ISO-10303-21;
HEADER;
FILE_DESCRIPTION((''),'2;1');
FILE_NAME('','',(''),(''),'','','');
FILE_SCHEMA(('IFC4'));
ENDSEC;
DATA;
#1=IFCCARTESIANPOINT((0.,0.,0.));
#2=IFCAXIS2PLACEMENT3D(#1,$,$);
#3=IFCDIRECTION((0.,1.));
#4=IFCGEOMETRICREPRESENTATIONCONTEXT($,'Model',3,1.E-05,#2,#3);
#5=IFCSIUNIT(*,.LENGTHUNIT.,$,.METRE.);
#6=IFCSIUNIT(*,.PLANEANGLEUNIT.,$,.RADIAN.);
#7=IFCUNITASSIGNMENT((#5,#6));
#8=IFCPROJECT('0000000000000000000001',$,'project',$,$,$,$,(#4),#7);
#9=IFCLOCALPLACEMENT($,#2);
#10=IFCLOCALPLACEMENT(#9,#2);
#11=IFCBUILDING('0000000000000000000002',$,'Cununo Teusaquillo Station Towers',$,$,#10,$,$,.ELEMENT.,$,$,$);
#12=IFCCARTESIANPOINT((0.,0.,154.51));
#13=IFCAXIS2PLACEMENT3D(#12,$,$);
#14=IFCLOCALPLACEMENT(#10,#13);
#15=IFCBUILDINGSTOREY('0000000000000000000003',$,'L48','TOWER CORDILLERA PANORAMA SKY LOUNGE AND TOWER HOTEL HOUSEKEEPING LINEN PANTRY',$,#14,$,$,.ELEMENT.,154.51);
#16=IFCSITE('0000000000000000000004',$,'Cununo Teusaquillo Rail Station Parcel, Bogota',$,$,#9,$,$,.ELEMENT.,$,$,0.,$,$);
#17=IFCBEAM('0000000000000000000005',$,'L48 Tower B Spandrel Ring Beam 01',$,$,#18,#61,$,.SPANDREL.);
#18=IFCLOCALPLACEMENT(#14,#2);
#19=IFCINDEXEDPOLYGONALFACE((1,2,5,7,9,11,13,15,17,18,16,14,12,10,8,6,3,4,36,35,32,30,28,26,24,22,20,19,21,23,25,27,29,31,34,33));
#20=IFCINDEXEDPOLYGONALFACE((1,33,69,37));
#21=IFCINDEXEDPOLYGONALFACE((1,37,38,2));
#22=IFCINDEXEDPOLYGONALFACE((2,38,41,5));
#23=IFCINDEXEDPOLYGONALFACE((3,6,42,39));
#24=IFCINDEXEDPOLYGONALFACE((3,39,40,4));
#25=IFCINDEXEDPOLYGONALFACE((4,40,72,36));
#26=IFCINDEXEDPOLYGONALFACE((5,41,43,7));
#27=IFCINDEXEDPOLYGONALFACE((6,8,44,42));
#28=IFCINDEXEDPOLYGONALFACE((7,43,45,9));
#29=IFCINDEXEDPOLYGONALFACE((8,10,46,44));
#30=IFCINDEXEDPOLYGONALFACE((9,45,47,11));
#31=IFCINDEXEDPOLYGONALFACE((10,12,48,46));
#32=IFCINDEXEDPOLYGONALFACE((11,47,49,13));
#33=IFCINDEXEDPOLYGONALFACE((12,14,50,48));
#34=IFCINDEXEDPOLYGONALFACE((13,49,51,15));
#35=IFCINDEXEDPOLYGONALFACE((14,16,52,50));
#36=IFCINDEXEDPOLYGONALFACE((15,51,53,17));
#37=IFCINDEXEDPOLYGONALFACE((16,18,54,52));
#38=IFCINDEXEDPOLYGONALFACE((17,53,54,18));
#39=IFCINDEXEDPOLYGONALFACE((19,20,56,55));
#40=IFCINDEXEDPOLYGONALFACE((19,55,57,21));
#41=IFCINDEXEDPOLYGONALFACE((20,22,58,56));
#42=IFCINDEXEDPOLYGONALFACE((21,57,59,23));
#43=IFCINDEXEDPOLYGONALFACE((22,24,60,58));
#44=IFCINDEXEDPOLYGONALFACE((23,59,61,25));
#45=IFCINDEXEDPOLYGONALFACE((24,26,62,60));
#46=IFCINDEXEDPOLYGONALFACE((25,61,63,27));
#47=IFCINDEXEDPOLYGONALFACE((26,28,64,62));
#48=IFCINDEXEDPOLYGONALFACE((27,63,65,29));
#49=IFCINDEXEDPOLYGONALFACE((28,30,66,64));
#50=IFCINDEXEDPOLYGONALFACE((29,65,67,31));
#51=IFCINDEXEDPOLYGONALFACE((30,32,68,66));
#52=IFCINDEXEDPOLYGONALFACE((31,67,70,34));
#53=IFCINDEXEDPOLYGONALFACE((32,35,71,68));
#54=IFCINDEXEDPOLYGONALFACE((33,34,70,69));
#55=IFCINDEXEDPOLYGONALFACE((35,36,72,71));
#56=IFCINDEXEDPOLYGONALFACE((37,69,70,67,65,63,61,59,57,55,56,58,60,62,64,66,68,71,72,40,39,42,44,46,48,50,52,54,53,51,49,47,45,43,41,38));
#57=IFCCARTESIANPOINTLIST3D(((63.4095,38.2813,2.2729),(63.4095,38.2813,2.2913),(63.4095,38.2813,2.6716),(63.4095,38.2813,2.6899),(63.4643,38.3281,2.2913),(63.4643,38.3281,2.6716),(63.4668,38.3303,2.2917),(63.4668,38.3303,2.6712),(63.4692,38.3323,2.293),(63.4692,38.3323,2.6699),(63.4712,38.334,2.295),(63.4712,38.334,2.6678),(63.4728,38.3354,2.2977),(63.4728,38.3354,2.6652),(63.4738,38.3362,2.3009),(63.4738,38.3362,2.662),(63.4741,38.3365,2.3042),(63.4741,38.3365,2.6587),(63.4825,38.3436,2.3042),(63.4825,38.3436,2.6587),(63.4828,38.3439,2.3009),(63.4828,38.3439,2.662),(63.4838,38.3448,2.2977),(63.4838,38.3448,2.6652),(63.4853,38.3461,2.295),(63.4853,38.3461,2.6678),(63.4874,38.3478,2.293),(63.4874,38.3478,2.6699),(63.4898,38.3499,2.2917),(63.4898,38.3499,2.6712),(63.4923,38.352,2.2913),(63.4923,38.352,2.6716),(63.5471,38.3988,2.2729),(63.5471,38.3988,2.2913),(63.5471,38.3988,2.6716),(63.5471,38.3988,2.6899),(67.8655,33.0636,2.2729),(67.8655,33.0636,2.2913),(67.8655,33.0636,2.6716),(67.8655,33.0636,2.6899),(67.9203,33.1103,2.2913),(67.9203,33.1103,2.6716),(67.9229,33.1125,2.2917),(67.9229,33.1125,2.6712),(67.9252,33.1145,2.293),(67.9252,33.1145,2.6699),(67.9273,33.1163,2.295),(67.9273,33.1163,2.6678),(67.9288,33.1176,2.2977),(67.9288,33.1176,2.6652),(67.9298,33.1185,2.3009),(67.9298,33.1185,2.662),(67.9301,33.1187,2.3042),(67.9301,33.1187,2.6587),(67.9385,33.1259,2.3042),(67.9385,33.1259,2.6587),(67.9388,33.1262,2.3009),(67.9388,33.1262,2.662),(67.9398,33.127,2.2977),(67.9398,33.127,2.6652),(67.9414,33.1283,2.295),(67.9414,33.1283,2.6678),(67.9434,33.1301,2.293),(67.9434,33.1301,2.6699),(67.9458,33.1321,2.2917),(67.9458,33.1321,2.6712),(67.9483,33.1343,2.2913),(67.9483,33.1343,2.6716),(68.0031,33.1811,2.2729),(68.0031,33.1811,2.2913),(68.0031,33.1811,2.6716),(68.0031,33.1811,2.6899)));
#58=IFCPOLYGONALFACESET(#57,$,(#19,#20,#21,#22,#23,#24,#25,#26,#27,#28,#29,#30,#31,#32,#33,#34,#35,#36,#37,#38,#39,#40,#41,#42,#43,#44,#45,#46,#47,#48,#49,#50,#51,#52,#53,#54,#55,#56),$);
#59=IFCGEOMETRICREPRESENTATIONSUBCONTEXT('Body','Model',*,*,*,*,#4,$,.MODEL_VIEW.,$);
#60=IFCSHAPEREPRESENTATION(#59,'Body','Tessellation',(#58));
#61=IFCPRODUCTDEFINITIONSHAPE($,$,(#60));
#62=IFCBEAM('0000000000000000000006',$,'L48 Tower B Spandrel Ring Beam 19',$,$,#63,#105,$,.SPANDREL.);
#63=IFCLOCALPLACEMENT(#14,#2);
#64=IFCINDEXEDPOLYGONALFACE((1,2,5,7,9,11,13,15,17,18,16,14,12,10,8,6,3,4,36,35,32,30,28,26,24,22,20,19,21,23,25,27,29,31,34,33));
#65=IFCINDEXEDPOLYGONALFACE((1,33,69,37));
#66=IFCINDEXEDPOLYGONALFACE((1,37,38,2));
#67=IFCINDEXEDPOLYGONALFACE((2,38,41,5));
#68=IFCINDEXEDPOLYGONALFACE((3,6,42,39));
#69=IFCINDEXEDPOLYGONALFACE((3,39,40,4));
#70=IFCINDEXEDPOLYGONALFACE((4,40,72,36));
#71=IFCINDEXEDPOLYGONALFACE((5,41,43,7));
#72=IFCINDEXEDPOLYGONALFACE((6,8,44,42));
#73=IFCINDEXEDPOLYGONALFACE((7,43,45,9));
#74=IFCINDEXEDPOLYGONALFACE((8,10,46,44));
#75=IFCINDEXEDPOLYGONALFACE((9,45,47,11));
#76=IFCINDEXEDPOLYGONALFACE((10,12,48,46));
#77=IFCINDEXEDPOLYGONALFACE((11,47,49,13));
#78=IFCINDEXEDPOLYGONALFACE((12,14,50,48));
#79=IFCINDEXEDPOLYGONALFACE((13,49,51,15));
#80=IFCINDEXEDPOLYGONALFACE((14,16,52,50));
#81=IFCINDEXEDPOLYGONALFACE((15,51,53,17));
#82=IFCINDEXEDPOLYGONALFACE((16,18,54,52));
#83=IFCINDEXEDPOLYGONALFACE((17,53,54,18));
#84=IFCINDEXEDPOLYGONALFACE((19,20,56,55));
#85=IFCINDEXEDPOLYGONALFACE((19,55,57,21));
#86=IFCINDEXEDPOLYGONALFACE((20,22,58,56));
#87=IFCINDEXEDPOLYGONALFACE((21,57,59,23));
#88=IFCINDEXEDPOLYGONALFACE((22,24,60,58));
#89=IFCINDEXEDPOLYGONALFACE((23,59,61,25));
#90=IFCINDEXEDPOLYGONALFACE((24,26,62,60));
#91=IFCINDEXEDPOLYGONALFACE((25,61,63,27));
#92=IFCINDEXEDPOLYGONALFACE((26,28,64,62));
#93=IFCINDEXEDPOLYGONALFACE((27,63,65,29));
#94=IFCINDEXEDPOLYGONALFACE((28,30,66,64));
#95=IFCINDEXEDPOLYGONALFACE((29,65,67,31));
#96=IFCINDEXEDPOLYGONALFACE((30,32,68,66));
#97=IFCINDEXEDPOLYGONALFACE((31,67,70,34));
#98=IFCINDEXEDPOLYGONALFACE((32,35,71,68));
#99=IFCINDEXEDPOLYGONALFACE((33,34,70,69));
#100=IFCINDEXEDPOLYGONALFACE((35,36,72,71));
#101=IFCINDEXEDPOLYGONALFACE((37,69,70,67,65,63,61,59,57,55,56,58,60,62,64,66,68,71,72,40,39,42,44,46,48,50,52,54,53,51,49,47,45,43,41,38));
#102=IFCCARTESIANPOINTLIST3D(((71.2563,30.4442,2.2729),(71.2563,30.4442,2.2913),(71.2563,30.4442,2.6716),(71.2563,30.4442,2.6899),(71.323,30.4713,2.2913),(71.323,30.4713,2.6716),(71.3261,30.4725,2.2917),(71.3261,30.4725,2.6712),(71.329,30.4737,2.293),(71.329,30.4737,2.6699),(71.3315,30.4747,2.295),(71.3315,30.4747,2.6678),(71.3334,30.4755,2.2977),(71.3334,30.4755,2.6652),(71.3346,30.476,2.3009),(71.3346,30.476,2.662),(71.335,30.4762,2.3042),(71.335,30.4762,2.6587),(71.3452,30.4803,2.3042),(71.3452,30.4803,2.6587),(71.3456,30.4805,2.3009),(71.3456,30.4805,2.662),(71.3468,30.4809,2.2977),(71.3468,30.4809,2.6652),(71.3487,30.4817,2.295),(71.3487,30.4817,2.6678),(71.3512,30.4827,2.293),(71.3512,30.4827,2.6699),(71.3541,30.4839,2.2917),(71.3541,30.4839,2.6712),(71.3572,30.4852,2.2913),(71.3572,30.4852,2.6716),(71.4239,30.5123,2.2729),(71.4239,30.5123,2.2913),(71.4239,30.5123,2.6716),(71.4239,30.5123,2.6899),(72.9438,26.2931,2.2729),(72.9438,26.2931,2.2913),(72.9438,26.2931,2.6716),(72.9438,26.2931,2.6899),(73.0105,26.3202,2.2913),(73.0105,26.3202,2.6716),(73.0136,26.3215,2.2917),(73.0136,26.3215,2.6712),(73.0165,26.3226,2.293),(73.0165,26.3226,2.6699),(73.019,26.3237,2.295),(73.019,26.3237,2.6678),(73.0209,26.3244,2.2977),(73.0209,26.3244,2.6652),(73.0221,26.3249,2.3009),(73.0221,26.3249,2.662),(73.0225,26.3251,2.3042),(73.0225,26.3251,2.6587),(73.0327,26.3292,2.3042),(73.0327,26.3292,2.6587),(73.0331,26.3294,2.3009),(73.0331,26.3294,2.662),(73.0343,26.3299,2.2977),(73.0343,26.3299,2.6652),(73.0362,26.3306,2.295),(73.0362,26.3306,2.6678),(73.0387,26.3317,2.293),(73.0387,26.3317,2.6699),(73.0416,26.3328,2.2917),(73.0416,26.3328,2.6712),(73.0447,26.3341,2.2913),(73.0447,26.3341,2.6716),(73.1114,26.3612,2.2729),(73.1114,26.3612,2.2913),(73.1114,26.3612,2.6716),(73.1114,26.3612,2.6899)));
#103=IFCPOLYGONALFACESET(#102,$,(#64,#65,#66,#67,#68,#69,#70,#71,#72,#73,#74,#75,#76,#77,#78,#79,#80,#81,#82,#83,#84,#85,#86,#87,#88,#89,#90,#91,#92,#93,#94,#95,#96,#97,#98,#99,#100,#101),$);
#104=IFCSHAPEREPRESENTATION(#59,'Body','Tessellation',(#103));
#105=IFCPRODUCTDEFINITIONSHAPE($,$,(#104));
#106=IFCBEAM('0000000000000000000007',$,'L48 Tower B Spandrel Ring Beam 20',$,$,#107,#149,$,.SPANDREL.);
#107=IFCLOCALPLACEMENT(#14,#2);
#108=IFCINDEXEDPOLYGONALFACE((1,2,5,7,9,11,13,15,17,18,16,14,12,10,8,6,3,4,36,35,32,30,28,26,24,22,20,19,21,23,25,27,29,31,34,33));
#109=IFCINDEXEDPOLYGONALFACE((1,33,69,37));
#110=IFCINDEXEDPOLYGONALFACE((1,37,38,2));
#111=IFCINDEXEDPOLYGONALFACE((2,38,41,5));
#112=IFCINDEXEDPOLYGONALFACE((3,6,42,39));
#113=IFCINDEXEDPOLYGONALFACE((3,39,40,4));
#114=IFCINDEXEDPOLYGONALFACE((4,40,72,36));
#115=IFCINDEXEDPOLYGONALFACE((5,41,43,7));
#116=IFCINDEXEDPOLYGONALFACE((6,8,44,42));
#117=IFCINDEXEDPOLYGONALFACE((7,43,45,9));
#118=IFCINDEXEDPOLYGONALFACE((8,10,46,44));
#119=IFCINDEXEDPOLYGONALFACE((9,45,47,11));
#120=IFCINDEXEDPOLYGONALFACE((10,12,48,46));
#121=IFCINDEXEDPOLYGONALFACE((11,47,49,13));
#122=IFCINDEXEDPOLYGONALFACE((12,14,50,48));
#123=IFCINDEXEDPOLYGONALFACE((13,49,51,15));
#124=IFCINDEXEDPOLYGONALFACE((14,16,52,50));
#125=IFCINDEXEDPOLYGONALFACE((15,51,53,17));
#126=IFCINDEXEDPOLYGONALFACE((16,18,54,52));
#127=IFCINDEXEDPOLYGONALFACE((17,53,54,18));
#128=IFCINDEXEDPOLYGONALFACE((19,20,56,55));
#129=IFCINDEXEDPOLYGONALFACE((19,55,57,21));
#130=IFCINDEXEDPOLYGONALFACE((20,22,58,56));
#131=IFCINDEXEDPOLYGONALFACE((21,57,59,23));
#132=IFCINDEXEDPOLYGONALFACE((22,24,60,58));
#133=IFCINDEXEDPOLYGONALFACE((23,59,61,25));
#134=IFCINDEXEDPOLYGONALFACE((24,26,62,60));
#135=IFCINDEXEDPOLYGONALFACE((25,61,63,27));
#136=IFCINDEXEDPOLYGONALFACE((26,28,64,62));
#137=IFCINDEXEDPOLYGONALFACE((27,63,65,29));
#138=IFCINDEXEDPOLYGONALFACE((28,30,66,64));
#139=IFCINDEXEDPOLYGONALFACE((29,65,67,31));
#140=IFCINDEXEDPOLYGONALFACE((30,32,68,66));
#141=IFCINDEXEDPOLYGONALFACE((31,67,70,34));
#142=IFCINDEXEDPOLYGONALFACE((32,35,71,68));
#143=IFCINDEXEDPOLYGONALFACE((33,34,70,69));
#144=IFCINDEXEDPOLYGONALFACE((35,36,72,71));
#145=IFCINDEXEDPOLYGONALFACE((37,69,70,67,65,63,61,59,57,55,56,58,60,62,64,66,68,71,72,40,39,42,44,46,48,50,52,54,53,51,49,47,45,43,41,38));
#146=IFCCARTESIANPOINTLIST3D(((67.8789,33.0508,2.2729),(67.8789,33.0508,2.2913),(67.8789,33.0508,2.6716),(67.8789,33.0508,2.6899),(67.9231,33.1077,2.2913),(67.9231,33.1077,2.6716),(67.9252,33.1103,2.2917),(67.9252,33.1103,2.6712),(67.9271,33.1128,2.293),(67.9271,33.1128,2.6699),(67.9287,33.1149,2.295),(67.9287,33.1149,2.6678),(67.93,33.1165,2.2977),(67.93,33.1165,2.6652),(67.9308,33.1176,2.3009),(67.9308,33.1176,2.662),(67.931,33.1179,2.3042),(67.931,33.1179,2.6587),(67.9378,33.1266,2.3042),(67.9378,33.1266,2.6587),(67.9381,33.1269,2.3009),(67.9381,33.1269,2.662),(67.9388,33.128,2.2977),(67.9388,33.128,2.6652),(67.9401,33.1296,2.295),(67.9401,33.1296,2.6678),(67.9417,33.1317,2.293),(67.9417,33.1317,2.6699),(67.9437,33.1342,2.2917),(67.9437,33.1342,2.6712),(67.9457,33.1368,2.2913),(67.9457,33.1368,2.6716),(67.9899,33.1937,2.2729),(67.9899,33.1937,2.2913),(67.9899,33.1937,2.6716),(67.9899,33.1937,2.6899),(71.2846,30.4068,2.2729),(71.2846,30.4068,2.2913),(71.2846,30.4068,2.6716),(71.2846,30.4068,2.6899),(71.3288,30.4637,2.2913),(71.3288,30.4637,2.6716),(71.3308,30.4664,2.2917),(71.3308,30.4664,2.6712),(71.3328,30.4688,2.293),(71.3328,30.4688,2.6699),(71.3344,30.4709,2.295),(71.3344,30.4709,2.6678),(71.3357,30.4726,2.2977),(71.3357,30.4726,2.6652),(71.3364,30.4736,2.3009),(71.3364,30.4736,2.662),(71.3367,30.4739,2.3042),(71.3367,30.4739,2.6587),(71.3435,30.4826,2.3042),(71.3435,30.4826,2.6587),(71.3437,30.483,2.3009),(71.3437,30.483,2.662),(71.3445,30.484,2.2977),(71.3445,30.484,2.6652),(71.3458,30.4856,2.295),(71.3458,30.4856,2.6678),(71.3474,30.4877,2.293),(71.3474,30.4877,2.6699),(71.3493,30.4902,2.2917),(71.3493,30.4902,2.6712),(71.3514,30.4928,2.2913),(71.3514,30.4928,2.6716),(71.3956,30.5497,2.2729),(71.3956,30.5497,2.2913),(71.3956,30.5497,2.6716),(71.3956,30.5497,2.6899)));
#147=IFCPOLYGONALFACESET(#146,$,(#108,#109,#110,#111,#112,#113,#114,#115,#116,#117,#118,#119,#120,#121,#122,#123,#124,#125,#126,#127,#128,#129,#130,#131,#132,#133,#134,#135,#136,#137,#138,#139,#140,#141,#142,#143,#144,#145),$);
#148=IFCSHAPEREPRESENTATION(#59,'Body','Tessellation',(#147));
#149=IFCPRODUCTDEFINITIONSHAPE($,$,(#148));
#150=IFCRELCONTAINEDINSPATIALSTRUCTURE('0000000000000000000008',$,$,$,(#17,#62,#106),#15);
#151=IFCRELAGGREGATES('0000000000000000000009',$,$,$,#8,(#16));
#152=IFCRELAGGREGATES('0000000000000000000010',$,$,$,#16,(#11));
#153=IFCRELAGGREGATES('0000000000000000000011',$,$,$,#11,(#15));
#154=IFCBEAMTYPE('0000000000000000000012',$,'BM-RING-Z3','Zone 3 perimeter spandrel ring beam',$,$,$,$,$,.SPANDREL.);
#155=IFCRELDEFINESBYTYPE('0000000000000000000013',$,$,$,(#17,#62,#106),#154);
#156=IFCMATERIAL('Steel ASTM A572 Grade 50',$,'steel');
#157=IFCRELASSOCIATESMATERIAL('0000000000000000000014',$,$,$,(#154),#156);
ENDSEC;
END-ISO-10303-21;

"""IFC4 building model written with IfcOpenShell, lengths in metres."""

from ifc_helpers import new_model, si_unit, direction, frame, origin, origin_2d, place, context, subcontext, project, spatial, i_section, extrude, material, material_profile, profile_set, type_object, element, save


model = new_model("IFC4")

# Units and contexts
model_context = context("Model", 3, precision=1e-05, world=origin(), true_north=direction((0.0, 1.0)))
body_context = subcontext(model_context, "Body", "Model", "MODEL_VIEW")
ifc_project = project(units=[si_unit("LENGTHUNIT", "METRE"), si_unit("PLANEANGLEUNIT", "RADIAN")], contexts=[model_context])

# Site, building, storey
site_placement = place(None, origin())
site = spatial("IfcSite", under=ifc_project, at=site_placement, Name="Cununo Teusaquillo Rail Station Parcel, Bogota", CompositionType="ELEMENT", RefElevation=0.0)
building_placement = place(site_placement, origin())
building = spatial("IfcBuilding", under=site, at=building_placement, Name="Cununo Teusaquillo Station Towers", CompositionType="ELEMENT")
storey_placement = place(building_placement, frame((0.0, 0.0, 154.51)))
storey = spatial("IfcBuildingStorey", under=building, at=storey_placement, Name="L48", Description="TOWER CORDILLERA PANORAMA SKY LOUNGE AND TOWER HOTEL HOUSEKEEPING LINEN PANTRY", CompositionType="ELEMENT", Elevation=154.51)

# Beams
ifc_material_1 = material(Name="Steel ASTM A572 Grade 50", Category="steel")
ifc_material_profile_1 = material_profile(ifc_material_1, i_section(OverallWidth=0.1809, OverallDepth=0.417, WebThickness=0.011, FlangeThickness=0.0183, FilletRadius=0.0129, at=origin_2d()), Name="W16X57")
ifc_profile_set_1 = profile_set([ifc_material_profile_1], Name="Steel ASTM A572 Grade 50")
beam_type = type_object("IfcBeamType", Name="BM-RING-Z3", Description="Zone 3 perimeter spandrel ring beam", PredefinedType="SPANDREL", material=ifc_profile_set_1)
beam_1_placement = place(storey_placement, frame((67.9343, 33.1223, 2.4814), z_axis=(-0.649419, 0.760431, 0.0), x_axis=(-0.760431, -0.649419, 0.0)))
element("IfcBeam", 1, at=beam_1_placement, inside=storey, type_object=beam_type, Name="L48 Tower B Spandrel Ring Beam 01", PredefinedType="SPANDREL", context=body_context, shape_type="SweptSolid", body=[
    extrude(i_section(OverallWidth=0.1809, OverallDepth=0.417, WebThickness=0.011, FlangeThickness=0.0183, FilletRadius=0.0129, at=origin_2d()), origin(), (0.0, 0.0, 1.0), 6.8616),
])
beam_2_placement = place(storey_placement, frame((73.0276, 26.3271, 2.4814), z_axis=(-0.376589, 0.92638, 0.0), x_axis=(-0.92638, -0.376589, 0.0)))
element("IfcBeam", 2, at=beam_2_placement, inside=storey, type_object=beam_type, Name="L48 Tower B Spandrel Ring Beam 19", PredefinedType="SPANDREL", context=body_context, shape_type="SweptSolid", body=[
    extrude(i_section(OverallWidth=0.1809, OverallDepth=0.417, WebThickness=0.011, FlangeThickness=0.0183, FilletRadius=0.0129, at=origin_2d()), origin(), (0.0, 0.0, 1.0), 4.481),
])
beam_3_placement = place(storey_placement, frame((71.3401, 30.4783, 2.4814), z_axis=(-0.789901, 0.613235, 0.0), x_axis=(-0.613235, -0.789901, 0.0)))
element("IfcBeam", 3, at=beam_3_placement, inside=storey, type_object=beam_type, Name="L48 Tower B Spandrel Ring Beam 20", PredefinedType="SPANDREL", context=body_context, shape_type="SweptSolid", body=[
    extrude(i_section(OverallWidth=0.1809, OverallDepth=0.417, WebThickness=0.011, FlangeThickness=0.0183, FilletRadius=0.0129, at=origin_2d()), origin(), (0.0, 0.0, 1.0), 4.3115),
])

save(model, "model.ifc")
